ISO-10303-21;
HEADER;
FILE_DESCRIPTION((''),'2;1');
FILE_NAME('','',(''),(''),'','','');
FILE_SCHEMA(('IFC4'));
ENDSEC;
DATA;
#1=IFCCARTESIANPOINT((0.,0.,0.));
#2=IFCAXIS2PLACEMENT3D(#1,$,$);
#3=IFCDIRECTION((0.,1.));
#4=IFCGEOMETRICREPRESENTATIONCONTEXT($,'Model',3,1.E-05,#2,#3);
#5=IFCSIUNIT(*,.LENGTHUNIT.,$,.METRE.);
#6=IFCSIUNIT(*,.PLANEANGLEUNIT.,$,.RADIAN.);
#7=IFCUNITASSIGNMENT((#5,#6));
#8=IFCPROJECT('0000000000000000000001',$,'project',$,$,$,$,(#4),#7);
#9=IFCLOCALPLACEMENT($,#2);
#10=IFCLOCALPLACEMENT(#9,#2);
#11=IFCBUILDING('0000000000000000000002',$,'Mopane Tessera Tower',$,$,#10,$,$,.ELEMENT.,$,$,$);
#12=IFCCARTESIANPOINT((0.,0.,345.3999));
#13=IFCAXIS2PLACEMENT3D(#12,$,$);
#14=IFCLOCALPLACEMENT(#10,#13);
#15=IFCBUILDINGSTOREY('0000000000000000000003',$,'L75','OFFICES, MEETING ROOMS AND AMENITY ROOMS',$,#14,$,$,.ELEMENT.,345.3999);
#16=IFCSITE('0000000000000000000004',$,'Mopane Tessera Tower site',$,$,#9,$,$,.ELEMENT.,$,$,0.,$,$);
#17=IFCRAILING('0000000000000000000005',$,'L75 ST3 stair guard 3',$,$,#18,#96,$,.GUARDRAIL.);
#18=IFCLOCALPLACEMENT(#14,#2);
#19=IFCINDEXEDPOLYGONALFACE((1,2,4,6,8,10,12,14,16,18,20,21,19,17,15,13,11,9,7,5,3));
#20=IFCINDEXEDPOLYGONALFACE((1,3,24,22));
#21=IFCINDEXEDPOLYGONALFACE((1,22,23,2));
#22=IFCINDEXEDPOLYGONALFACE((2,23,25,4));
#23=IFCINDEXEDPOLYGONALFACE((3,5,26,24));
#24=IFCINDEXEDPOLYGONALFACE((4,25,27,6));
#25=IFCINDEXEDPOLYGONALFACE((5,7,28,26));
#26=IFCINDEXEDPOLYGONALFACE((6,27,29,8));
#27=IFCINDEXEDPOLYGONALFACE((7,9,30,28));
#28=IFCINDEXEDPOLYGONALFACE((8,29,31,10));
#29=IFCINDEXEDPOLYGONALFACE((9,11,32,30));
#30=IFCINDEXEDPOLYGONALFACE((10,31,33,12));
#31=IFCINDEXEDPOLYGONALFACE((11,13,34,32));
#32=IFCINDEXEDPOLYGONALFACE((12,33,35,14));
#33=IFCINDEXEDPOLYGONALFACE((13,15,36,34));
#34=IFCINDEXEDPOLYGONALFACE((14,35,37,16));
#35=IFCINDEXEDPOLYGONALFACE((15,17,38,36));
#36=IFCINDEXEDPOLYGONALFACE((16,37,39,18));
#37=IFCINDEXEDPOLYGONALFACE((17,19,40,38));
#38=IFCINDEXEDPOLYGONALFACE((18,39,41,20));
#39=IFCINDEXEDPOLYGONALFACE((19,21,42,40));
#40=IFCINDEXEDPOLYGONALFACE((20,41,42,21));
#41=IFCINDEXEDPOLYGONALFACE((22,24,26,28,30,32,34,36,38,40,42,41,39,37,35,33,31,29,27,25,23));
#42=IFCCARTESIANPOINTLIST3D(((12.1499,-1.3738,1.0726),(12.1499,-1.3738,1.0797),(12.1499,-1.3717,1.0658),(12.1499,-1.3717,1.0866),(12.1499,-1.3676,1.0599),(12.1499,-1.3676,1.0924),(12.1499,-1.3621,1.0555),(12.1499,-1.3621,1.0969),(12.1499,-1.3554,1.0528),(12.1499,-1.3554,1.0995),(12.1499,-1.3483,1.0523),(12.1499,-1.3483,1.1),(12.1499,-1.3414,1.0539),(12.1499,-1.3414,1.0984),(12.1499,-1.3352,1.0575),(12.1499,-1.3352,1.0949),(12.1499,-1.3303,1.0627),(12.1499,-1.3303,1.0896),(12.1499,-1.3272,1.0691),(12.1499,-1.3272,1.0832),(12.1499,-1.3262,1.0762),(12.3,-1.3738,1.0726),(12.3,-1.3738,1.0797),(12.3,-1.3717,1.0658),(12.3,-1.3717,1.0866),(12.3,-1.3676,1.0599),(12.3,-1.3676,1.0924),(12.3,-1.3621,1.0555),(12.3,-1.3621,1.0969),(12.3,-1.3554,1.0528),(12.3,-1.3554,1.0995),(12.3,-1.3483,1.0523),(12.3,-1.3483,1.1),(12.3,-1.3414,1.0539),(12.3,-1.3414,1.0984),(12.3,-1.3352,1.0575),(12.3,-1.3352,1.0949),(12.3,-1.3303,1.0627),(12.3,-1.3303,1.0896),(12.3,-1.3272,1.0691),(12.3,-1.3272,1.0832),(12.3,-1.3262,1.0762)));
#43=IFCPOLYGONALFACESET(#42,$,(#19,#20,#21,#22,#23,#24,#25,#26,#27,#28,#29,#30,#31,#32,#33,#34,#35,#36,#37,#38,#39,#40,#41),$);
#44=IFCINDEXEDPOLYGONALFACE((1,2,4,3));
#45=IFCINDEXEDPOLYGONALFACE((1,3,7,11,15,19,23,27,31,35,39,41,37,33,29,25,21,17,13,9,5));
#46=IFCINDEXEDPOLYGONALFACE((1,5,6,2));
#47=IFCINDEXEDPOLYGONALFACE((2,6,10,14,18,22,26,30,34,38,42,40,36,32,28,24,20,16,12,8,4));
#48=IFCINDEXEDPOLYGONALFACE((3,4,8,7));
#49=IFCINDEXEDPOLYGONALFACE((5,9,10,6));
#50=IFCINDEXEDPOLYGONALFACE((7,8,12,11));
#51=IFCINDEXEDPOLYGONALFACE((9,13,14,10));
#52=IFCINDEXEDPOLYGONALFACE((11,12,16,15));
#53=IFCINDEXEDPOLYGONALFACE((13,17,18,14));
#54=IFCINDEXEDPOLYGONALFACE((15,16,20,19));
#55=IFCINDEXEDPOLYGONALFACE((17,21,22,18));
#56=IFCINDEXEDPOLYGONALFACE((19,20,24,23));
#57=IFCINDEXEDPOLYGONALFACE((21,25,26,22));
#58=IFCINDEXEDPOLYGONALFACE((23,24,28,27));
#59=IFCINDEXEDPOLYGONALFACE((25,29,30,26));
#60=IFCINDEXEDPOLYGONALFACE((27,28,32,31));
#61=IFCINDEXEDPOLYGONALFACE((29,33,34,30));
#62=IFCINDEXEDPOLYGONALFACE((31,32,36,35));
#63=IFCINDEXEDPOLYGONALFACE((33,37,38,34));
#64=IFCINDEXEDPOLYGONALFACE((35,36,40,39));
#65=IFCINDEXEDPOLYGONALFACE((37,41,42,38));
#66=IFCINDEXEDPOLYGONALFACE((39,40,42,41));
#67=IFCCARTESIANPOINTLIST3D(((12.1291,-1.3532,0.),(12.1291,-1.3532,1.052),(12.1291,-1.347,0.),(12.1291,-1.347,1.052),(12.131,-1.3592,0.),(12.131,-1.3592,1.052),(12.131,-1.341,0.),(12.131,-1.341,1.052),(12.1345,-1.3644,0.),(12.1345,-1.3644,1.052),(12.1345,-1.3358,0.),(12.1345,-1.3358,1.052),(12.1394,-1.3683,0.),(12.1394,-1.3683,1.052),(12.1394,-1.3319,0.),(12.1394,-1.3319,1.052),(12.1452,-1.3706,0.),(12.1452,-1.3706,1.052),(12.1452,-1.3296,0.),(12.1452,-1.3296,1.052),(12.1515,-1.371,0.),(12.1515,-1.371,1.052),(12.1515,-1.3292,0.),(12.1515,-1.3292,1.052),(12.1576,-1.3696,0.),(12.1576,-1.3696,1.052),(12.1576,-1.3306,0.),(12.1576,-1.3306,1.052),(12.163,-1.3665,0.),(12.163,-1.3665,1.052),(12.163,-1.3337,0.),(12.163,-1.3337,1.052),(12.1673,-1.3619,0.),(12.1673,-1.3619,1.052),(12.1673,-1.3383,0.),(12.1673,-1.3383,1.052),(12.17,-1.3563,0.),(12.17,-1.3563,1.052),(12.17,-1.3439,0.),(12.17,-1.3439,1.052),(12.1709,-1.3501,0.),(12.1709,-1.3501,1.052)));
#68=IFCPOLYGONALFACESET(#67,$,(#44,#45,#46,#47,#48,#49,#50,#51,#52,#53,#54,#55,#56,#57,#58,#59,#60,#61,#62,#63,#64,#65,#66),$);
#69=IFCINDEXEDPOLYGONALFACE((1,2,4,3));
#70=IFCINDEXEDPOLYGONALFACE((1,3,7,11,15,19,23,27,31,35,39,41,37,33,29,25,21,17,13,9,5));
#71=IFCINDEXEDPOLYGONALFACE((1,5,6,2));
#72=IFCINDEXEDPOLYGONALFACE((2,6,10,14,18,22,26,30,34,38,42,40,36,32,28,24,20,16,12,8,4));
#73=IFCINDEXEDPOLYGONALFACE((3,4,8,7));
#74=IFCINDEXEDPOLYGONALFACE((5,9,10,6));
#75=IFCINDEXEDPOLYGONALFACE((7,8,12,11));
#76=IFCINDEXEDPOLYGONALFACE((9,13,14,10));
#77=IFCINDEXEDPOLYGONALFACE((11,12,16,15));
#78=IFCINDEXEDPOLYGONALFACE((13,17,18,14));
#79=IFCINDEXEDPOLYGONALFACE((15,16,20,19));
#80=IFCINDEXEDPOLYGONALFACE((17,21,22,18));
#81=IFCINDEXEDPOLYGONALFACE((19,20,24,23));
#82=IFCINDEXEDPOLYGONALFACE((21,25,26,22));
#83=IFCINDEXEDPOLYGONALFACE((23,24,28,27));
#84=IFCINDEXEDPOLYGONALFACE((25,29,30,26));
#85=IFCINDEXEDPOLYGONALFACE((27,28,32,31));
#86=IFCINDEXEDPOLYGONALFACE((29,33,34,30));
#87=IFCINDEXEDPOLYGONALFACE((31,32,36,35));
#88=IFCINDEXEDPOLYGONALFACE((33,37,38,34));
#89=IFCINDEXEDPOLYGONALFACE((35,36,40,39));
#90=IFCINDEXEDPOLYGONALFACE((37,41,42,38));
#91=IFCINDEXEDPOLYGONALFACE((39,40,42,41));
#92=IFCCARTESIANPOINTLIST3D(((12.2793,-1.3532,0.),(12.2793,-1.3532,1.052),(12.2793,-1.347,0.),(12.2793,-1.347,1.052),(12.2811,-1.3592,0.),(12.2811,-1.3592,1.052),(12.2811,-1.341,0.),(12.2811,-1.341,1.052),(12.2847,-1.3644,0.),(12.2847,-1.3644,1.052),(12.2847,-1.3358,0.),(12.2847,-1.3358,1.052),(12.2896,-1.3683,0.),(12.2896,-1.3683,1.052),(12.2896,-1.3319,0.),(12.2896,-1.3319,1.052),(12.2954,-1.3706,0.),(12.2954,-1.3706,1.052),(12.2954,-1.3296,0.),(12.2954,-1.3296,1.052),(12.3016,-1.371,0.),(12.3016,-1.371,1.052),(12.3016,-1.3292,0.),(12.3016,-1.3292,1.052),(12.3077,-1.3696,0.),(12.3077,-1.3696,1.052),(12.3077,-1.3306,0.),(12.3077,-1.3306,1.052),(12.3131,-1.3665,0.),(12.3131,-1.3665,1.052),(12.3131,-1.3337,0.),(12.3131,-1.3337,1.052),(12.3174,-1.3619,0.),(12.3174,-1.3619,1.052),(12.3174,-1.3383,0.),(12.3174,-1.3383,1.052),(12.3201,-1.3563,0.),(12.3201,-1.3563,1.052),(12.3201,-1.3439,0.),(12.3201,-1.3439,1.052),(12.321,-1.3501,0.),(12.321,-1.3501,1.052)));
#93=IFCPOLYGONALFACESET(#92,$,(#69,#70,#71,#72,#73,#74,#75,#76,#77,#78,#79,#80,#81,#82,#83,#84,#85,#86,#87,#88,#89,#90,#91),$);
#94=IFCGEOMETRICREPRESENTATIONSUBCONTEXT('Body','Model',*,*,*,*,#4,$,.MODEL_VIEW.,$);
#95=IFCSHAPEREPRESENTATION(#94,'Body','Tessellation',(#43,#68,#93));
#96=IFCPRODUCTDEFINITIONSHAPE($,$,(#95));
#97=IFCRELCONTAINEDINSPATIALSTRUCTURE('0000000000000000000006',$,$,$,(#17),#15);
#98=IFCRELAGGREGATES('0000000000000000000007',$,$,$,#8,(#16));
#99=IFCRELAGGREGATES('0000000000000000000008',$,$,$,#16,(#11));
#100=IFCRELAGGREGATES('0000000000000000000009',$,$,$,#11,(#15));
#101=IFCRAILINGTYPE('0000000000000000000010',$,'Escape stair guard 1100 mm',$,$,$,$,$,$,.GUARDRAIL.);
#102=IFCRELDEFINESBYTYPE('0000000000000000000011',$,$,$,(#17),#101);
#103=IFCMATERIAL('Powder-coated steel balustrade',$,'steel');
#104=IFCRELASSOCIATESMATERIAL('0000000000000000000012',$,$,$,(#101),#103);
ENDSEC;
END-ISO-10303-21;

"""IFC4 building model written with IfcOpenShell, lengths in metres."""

from ifc_helpers import new_model, si_unit, direction, frame, origin, origin_2d, place, context, subcontext, project, spatial, circle, extrude, material, type_object, element, save


model = new_model("IFC4")

# Units and contexts
model_context = context("Model", 3, precision=1e-05, world=origin(), true_north=direction((0.0, 1.0)))
body_context = subcontext(model_context, "Body", "Model", "MODEL_VIEW")
ifc_project = project(units=[si_unit("LENGTHUNIT", "METRE"), si_unit("PLANEANGLEUNIT", "RADIAN")], contexts=[model_context])

# Site, building, storey
site_placement = place(None, origin())
site = spatial("IfcSite", under=ifc_project, at=site_placement, Name="Mopane Tessera Tower site", CompositionType="ELEMENT", RefElevation=0.0)
building_placement = place(site_placement, origin())
building = spatial("IfcBuilding", under=site, at=building_placement, Name="Mopane Tessera Tower", CompositionType="ELEMENT")
storey_placement = place(building_placement, frame((0.0, 0.0, 345.3999)))
storey = spatial("IfcBuildingStorey", under=building, at=storey_placement, Name="L75", Description="OFFICES, MEETING ROOMS AND AMENITY ROOMS", CompositionType="ELEMENT", Elevation=345.3999)

# Railing
ifc_material_1 = material(Name="Powder-coated steel balustrade", Category="steel")
railing_type_1 = type_object("IfcRailingType", Name="Escape stair guard 1100 mm", PredefinedType="GUARDRAIL", material=ifc_material_1)
railing_1_placement = place(storey_placement, frame((12.1499, -1.3501, 0.0)))
element("IfcRailing", 1, at=railing_1_placement, inside=storey, type_object=railing_type_1, Name="L75 ST3 stair guard 3", PredefinedType="GUARDRAIL", context=body_context, shape_type="SweptSolid", body=[
    extrude(circle(Radius=0.0239, at=origin_2d()), frame((0.0, 0.0, 1.0762), z_axis=(1.0, 0.0, 0.0), x_axis=(0.0, 1.0, 0.0)), (0.0, 0.0, 1.0), 0.1501),
    extrude(circle(Radius=0.021, at=origin_2d()), origin(), (0.0, 0.0, 1.0), 1.052),
    extrude(circle(Radius=0.021, at=origin_2d()), frame((0.1501, 0.0, 0.0)), (0.0, 0.0, 1.0), 1.052),
])

save(model, "model.ifc")
